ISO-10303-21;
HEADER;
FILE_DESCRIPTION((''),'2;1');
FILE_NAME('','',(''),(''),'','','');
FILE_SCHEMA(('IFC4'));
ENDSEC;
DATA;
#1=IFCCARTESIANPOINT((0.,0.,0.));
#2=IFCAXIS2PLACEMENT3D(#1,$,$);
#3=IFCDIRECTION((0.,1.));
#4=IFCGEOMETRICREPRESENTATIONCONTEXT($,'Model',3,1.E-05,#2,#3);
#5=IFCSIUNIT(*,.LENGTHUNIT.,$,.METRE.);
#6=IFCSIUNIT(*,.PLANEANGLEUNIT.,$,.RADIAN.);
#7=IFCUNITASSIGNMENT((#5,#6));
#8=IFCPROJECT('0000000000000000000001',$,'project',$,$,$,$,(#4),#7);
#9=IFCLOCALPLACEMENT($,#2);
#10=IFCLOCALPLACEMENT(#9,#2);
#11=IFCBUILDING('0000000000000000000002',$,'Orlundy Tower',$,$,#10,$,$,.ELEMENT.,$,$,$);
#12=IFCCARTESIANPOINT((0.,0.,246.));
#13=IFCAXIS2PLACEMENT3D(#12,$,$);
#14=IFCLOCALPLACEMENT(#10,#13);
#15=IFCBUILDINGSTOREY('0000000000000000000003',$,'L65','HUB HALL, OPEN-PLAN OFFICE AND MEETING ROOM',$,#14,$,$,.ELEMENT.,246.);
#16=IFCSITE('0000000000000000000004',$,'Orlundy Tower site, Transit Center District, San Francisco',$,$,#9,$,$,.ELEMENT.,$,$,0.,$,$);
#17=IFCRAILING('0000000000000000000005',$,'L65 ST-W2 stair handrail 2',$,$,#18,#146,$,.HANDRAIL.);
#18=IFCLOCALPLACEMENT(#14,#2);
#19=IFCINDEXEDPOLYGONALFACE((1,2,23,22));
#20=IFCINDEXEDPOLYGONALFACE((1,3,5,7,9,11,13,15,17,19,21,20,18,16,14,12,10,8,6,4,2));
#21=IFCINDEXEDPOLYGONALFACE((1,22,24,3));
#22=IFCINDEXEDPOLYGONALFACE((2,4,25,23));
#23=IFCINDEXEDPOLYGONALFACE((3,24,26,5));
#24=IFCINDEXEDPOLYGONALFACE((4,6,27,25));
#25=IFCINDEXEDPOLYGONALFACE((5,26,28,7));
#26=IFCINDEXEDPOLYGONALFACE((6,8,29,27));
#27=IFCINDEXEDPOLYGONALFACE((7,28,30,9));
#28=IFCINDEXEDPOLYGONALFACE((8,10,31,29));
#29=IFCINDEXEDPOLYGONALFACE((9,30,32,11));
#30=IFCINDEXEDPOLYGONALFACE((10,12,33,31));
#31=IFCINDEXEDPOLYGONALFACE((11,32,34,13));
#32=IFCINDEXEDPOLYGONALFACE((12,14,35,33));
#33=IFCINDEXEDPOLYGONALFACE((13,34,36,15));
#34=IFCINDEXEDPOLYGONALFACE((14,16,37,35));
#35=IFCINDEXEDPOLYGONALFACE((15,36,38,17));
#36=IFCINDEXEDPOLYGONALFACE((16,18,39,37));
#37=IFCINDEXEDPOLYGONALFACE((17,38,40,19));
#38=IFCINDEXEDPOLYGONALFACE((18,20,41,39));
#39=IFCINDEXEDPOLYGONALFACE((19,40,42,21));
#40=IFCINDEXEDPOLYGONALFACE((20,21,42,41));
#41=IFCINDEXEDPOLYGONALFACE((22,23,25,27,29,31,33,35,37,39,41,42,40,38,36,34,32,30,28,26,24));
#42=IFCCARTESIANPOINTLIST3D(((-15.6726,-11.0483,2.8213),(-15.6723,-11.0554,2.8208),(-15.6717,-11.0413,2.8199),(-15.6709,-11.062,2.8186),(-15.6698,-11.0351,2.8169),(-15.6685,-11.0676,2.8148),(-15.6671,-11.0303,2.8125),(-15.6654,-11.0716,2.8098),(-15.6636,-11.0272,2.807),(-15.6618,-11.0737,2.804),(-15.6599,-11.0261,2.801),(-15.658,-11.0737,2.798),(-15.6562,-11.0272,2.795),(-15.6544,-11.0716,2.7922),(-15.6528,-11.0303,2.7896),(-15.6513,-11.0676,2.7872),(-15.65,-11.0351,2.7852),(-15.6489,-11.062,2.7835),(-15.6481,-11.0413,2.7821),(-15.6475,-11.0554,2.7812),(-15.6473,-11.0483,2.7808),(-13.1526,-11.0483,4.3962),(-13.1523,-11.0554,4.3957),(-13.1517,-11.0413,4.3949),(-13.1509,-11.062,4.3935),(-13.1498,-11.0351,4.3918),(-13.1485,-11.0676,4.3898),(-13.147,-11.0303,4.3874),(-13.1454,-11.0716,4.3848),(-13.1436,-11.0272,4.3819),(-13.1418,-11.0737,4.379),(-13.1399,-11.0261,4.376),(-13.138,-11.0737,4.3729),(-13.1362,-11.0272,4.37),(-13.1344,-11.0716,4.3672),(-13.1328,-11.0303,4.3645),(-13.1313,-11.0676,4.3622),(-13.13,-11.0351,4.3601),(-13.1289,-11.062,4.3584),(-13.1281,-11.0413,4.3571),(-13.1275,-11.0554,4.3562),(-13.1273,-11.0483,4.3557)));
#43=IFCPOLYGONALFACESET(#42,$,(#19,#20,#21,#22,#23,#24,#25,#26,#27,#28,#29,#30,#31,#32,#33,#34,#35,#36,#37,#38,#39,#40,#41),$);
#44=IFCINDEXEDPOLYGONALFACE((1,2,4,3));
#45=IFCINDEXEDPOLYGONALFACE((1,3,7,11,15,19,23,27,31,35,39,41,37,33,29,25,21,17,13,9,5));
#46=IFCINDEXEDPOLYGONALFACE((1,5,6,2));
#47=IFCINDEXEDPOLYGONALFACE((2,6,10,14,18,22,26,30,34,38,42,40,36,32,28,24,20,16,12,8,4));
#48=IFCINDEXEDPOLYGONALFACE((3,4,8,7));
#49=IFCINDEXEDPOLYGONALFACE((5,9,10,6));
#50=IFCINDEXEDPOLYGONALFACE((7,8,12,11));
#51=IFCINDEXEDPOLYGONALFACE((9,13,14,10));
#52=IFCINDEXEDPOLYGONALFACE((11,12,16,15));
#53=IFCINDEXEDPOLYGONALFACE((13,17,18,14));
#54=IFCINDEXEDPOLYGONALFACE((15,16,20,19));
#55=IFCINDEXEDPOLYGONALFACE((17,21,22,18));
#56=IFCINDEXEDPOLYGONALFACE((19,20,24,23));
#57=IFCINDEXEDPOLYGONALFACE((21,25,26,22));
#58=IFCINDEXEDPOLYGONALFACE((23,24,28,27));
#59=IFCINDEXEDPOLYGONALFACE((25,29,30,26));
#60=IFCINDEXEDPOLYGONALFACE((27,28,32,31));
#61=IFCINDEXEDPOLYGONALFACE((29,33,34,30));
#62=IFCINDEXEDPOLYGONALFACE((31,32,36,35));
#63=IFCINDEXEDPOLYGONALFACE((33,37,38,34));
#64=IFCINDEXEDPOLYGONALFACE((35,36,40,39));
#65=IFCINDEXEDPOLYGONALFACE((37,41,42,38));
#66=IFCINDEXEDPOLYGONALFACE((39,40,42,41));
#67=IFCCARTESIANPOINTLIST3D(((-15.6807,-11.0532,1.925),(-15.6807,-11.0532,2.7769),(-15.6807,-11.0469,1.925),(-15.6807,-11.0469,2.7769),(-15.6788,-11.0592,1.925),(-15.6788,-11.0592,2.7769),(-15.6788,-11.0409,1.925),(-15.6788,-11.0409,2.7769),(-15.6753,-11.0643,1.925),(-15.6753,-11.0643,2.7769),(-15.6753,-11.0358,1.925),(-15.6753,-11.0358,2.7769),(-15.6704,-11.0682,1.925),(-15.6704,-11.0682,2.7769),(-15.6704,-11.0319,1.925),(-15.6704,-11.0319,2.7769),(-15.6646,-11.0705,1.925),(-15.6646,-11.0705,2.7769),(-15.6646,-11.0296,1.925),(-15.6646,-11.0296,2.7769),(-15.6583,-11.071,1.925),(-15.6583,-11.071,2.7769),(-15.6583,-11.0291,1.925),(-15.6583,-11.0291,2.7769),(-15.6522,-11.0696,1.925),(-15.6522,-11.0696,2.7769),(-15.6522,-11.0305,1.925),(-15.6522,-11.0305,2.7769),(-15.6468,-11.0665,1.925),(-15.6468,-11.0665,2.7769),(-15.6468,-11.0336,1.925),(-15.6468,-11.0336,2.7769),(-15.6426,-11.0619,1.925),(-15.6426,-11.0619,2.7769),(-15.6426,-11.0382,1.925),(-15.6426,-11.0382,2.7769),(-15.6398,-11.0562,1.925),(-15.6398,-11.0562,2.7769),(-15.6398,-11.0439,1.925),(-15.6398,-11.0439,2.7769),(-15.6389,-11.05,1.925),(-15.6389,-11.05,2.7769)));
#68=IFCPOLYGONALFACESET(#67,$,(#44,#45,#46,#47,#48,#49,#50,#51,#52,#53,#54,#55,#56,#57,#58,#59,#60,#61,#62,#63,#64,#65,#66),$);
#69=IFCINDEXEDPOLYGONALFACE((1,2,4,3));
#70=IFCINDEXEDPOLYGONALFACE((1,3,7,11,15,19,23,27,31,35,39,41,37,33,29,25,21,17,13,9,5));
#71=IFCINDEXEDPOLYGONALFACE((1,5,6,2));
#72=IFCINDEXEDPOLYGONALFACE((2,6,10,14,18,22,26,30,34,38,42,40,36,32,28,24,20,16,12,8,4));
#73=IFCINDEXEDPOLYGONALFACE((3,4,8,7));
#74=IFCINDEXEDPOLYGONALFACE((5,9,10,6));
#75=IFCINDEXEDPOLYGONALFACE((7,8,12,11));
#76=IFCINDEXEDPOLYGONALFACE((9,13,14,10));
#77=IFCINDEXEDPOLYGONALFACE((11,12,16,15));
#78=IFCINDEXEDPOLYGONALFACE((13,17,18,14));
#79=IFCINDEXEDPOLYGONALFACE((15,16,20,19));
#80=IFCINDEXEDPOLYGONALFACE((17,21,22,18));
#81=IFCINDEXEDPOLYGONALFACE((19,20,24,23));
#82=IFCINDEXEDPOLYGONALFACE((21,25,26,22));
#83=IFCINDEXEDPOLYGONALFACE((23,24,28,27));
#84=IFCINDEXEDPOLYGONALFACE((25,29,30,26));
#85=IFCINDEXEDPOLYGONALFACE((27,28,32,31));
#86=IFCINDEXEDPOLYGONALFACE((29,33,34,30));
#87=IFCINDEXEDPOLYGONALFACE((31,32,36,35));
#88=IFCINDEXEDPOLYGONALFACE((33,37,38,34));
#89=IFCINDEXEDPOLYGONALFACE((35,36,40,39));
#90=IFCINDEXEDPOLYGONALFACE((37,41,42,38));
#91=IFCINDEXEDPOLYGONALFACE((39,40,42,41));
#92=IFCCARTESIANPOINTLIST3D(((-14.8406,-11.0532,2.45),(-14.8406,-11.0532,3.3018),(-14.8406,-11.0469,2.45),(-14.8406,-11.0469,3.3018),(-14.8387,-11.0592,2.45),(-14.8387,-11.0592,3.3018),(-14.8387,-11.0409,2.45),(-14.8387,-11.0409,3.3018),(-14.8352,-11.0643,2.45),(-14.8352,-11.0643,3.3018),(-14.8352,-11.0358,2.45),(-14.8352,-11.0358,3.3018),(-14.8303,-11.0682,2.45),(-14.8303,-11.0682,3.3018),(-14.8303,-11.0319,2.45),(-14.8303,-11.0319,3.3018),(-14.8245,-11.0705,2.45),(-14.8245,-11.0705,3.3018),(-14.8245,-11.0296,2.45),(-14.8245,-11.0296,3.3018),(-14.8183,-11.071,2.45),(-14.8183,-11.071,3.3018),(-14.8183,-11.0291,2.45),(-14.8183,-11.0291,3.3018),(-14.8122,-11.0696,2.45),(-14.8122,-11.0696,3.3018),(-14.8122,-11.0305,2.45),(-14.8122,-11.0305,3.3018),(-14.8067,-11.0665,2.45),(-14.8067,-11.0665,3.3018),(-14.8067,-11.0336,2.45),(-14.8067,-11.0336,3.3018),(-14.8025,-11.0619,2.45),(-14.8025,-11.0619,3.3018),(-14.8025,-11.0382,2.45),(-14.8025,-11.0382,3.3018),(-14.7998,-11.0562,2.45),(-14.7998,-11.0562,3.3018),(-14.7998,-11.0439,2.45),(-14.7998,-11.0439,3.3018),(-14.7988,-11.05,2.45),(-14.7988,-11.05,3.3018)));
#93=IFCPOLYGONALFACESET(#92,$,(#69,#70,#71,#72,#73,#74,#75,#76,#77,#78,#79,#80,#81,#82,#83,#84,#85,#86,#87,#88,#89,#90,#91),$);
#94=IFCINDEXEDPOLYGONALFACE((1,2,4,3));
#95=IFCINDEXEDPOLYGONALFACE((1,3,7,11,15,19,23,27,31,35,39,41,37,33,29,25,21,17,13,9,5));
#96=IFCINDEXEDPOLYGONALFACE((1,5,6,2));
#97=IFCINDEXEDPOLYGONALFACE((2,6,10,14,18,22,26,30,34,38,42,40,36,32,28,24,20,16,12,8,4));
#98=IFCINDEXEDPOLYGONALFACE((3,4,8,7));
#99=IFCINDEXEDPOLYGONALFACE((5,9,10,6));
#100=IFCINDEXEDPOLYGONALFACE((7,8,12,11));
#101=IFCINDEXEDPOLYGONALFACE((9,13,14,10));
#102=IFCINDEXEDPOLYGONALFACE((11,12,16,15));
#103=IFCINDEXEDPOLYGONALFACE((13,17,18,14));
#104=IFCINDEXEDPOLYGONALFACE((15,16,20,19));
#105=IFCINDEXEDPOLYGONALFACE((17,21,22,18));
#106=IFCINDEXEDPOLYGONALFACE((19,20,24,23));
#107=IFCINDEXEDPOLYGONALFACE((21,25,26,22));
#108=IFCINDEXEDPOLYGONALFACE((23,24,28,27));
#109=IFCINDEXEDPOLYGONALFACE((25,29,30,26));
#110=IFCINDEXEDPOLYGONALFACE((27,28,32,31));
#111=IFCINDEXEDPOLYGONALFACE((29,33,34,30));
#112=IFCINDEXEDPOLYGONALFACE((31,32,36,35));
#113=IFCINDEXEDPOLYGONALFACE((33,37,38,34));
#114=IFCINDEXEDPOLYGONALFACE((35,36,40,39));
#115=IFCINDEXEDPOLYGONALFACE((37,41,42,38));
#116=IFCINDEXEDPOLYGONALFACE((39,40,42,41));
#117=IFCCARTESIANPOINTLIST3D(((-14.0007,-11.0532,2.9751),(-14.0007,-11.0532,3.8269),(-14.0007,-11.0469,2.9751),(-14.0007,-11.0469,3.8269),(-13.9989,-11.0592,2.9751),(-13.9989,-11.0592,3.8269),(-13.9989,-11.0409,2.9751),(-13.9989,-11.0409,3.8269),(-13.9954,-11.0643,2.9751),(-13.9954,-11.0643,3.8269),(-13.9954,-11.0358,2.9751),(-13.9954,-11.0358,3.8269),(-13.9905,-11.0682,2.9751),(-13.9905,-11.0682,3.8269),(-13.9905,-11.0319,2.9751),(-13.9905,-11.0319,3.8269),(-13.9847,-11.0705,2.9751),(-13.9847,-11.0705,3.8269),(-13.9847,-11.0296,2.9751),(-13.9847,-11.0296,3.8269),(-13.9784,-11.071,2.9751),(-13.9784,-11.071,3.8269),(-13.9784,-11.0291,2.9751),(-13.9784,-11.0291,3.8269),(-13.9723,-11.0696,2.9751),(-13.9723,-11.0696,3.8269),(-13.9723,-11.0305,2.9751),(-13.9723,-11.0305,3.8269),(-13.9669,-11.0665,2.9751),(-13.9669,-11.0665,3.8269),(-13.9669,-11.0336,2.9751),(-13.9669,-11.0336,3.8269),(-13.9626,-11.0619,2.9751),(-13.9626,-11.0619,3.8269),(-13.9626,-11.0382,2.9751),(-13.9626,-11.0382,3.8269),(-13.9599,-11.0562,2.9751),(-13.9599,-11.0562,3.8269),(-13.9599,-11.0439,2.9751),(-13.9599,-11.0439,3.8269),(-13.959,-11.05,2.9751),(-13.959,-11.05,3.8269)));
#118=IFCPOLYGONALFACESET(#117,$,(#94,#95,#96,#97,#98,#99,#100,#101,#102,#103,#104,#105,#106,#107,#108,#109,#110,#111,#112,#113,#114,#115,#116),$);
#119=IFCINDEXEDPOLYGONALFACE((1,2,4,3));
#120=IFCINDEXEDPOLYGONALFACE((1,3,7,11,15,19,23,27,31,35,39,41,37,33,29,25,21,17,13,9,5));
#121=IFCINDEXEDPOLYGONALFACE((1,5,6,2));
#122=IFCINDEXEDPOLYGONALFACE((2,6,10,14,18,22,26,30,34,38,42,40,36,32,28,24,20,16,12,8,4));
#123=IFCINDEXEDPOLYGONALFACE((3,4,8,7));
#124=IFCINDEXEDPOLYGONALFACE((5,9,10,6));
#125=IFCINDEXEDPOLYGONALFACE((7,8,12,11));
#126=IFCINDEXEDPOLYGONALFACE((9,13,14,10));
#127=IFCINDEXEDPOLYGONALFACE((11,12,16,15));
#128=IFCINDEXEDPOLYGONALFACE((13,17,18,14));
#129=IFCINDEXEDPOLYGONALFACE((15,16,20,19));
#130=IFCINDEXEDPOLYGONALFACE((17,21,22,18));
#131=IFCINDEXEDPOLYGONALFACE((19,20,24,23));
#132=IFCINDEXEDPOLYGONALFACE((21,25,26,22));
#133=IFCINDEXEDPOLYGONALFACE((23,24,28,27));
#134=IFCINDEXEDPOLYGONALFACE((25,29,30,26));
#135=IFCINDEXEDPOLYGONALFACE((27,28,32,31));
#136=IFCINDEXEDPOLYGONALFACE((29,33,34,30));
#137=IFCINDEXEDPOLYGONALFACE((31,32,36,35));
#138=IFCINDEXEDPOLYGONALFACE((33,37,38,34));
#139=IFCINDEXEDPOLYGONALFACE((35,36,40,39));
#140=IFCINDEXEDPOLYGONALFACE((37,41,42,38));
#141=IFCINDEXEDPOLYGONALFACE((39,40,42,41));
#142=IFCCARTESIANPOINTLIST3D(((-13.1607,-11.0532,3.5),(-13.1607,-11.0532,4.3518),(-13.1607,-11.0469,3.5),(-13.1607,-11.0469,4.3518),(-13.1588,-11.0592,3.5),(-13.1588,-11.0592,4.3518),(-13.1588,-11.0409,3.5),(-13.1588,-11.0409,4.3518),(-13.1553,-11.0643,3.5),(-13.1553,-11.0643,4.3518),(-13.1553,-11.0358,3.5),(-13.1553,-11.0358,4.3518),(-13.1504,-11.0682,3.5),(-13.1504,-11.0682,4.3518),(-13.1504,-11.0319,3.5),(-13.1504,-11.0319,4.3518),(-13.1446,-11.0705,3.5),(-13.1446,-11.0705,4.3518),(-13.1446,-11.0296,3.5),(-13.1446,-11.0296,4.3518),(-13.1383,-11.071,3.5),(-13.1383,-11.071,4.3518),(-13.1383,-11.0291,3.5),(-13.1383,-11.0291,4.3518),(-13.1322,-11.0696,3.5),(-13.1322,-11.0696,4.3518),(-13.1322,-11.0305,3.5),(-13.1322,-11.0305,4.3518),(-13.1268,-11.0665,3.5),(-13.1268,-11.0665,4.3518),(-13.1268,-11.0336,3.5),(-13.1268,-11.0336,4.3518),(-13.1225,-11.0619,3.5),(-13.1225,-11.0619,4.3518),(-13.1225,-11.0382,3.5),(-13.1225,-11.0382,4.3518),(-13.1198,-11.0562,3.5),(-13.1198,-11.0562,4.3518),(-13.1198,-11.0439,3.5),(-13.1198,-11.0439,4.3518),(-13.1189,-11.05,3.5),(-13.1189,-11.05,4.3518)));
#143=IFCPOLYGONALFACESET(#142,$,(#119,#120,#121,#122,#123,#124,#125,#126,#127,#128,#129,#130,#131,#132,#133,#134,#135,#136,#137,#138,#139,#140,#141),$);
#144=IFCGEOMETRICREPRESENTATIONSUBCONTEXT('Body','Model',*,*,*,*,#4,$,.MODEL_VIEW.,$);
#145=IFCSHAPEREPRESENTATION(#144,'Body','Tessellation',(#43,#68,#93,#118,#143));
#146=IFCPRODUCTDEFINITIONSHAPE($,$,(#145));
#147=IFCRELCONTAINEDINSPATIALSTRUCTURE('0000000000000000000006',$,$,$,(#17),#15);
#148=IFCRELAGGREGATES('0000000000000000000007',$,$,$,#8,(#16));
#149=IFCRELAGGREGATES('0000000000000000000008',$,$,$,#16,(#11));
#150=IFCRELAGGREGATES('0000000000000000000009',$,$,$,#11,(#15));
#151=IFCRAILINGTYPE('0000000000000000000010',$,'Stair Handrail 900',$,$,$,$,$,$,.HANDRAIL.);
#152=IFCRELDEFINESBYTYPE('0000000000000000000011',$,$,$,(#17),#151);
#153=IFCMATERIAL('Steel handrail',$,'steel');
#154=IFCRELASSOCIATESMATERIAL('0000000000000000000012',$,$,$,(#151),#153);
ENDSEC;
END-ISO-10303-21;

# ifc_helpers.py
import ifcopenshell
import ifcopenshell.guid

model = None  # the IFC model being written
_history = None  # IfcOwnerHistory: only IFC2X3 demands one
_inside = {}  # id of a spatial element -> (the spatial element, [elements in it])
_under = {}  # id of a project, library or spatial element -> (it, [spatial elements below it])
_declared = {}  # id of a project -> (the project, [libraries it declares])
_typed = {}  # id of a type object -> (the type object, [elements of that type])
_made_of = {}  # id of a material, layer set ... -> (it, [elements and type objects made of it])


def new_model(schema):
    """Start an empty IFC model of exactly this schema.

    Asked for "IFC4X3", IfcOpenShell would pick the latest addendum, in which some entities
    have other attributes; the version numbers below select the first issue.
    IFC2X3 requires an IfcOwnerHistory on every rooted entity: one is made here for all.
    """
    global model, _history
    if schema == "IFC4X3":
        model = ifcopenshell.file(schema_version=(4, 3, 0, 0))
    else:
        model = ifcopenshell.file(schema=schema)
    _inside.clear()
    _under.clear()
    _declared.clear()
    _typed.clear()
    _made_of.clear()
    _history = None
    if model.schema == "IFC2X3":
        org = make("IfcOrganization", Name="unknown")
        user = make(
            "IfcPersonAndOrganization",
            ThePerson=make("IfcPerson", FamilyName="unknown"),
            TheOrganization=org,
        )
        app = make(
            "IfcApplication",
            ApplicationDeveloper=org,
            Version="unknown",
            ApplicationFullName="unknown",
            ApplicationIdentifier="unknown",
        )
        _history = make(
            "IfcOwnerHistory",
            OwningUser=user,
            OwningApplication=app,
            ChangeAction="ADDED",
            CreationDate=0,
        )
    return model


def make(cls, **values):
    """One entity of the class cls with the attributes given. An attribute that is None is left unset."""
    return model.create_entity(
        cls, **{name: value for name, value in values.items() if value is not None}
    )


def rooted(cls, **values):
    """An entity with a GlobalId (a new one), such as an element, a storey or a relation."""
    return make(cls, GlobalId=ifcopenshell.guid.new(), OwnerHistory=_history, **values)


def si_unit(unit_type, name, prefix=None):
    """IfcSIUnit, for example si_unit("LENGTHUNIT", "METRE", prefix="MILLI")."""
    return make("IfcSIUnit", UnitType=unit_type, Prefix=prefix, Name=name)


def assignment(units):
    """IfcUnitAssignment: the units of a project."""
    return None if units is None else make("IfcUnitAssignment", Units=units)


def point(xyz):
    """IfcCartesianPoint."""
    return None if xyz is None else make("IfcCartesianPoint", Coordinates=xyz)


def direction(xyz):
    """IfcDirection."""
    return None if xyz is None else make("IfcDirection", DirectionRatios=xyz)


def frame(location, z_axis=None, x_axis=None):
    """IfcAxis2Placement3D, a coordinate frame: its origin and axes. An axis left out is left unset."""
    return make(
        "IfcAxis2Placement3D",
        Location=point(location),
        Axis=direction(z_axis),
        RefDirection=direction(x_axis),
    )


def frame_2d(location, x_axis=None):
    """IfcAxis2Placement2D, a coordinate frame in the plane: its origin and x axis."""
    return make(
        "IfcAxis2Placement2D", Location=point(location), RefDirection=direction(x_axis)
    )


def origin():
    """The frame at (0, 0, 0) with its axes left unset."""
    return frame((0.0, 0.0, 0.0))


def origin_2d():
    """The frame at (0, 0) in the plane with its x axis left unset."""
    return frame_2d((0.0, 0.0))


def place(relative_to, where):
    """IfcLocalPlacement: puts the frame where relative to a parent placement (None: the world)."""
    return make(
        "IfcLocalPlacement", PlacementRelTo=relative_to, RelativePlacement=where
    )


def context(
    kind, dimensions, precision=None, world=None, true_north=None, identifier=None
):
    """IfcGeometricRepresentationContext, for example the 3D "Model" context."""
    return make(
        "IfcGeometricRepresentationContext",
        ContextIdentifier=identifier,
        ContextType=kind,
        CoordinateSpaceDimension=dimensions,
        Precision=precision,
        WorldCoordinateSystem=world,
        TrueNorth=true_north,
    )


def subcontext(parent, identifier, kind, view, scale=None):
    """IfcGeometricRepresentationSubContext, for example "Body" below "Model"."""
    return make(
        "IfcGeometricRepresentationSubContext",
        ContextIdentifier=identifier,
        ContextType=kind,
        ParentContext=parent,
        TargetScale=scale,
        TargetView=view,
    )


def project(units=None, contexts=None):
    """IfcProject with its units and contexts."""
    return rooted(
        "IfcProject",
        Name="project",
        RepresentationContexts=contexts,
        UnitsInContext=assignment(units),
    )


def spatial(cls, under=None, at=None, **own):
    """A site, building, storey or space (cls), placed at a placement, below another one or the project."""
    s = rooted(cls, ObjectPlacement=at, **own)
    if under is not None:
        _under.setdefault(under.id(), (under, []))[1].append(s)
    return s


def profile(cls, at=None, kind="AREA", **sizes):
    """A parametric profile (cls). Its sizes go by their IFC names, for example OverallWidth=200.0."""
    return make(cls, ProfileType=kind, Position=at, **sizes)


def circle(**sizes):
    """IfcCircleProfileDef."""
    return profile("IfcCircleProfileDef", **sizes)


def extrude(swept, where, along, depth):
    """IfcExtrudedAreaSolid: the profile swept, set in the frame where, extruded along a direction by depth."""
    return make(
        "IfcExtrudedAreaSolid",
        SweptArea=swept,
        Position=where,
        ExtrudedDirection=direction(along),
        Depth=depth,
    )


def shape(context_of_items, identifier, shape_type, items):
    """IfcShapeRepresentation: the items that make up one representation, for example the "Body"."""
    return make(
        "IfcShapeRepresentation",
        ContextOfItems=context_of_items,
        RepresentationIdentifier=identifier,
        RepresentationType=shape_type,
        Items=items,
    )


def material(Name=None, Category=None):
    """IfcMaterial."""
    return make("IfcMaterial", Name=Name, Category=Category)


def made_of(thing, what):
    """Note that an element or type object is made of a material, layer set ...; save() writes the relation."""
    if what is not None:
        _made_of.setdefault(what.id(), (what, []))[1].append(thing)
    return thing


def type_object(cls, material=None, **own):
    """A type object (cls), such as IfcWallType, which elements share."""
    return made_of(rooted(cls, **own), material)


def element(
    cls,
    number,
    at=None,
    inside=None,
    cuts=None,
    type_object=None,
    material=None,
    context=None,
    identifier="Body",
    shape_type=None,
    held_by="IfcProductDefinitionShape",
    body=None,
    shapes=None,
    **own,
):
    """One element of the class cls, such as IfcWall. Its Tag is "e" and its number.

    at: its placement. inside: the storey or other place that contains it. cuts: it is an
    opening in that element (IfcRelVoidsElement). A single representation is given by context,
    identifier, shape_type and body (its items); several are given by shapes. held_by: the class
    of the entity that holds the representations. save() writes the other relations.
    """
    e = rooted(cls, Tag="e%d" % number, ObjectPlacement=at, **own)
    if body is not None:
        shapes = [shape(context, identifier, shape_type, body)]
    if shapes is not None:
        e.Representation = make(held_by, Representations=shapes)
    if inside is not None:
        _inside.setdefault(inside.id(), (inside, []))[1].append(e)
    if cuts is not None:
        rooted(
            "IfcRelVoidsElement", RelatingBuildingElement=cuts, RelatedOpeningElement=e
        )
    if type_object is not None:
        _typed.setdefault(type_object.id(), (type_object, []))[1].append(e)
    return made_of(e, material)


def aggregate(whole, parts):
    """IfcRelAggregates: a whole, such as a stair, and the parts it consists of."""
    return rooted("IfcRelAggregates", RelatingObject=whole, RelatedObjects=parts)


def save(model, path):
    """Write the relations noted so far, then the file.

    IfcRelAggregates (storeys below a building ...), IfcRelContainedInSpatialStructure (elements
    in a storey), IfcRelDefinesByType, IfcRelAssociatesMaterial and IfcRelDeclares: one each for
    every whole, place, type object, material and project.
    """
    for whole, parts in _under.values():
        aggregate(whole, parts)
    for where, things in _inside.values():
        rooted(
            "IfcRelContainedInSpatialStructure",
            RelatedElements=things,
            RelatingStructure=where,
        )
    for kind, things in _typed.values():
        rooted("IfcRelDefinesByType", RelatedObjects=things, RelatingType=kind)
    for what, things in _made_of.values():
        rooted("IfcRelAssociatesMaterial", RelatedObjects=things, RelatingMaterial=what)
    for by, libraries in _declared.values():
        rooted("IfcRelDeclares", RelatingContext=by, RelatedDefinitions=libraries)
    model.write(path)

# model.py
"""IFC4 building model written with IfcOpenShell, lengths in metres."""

from ifc_helpers import new_model, si_unit, direction, frame, origin, origin_2d, place, context, subcontext, project, spatial, circle, extrude, material, type_object, element, save


model = new_model("IFC4")

# Units and contexts
model_context = context("Model", 3, precision=1e-05, world=origin(), true_north=direction((0.0, 1.0)))
body_context = subcontext(model_context, "Body", "Model", "MODEL_VIEW")
ifc_project = project(units=[si_unit("LENGTHUNIT", "METRE"), si_unit("PLANEANGLEUNIT", "RADIAN")], contexts=[model_context])

# Site, building, storey
site_placement = place(None, origin())
site = spatial("IfcSite", under=ifc_project, at=site_placement, Name="Orlundy Tower site, Transit Center District, San Francisco", CompositionType="ELEMENT", RefElevation=0.0)
building_placement = place(site_placement, origin())
building = spatial("IfcBuilding", under=site, at=building_placement, Name="Orlundy Tower", CompositionType="ELEMENT")
storey_placement = place(building_placement, frame((0.0, 0.0, 246.0)))
storey = spatial("IfcBuildingStorey", under=building, at=storey_placement, Name="L65", Description="HUB HALL, OPEN-PLAN OFFICE AND MEETING ROOM", CompositionType="ELEMENT", Elevation=246.0)

# Railing
ifc_material_1 = material(Name="Steel handrail", Category="steel")
railing_type_1 = type_object("IfcRailingType", Name="Stair Handrail 900", PredefinedType="HANDRAIL", material=ifc_material_1)
railing_1_placement = place(storey_placement, frame((-15.6599, -11.05, 1.925)))
element("IfcRailing", 1, at=railing_1_placement, inside=storey, type_object=railing_type_1, Name="L65 ST-W2 stair handrail 2", PredefinedType="HANDRAIL", context=body_context, shape_type="SweptSolid", body=[
    extrude(circle(Radius=0.0239, at=origin_2d()), frame((0.0, 0.0, 0.876), z_axis=(0.848008, 0.0, 0.529984), x_axis=(0.0, 1.0, 0.0)), (0.0, 0.0, 1.0), 2.9717),
    extrude(circle(Radius=0.021, at=origin_2d()), origin(), (0.0, 0.0, 1.0), 0.8518),
    extrude(circle(Radius=0.021, at=origin_2d()), frame((0.8401, 0.0, 0.5249)), (0.0, 0.0, 1.0), 0.8518),
    extrude(circle(Radius=0.021, at=origin_2d()), frame((1.6799, 0.0, 1.05)), (0.0, 0.0, 1.0), 0.8518),
    extrude(circle(Radius=0.021, at=origin_2d()), frame((2.52, 0.0, 1.575)), (0.0, 0.0, 1.0), 0.8518),
])

save(model, "model.ifc")
